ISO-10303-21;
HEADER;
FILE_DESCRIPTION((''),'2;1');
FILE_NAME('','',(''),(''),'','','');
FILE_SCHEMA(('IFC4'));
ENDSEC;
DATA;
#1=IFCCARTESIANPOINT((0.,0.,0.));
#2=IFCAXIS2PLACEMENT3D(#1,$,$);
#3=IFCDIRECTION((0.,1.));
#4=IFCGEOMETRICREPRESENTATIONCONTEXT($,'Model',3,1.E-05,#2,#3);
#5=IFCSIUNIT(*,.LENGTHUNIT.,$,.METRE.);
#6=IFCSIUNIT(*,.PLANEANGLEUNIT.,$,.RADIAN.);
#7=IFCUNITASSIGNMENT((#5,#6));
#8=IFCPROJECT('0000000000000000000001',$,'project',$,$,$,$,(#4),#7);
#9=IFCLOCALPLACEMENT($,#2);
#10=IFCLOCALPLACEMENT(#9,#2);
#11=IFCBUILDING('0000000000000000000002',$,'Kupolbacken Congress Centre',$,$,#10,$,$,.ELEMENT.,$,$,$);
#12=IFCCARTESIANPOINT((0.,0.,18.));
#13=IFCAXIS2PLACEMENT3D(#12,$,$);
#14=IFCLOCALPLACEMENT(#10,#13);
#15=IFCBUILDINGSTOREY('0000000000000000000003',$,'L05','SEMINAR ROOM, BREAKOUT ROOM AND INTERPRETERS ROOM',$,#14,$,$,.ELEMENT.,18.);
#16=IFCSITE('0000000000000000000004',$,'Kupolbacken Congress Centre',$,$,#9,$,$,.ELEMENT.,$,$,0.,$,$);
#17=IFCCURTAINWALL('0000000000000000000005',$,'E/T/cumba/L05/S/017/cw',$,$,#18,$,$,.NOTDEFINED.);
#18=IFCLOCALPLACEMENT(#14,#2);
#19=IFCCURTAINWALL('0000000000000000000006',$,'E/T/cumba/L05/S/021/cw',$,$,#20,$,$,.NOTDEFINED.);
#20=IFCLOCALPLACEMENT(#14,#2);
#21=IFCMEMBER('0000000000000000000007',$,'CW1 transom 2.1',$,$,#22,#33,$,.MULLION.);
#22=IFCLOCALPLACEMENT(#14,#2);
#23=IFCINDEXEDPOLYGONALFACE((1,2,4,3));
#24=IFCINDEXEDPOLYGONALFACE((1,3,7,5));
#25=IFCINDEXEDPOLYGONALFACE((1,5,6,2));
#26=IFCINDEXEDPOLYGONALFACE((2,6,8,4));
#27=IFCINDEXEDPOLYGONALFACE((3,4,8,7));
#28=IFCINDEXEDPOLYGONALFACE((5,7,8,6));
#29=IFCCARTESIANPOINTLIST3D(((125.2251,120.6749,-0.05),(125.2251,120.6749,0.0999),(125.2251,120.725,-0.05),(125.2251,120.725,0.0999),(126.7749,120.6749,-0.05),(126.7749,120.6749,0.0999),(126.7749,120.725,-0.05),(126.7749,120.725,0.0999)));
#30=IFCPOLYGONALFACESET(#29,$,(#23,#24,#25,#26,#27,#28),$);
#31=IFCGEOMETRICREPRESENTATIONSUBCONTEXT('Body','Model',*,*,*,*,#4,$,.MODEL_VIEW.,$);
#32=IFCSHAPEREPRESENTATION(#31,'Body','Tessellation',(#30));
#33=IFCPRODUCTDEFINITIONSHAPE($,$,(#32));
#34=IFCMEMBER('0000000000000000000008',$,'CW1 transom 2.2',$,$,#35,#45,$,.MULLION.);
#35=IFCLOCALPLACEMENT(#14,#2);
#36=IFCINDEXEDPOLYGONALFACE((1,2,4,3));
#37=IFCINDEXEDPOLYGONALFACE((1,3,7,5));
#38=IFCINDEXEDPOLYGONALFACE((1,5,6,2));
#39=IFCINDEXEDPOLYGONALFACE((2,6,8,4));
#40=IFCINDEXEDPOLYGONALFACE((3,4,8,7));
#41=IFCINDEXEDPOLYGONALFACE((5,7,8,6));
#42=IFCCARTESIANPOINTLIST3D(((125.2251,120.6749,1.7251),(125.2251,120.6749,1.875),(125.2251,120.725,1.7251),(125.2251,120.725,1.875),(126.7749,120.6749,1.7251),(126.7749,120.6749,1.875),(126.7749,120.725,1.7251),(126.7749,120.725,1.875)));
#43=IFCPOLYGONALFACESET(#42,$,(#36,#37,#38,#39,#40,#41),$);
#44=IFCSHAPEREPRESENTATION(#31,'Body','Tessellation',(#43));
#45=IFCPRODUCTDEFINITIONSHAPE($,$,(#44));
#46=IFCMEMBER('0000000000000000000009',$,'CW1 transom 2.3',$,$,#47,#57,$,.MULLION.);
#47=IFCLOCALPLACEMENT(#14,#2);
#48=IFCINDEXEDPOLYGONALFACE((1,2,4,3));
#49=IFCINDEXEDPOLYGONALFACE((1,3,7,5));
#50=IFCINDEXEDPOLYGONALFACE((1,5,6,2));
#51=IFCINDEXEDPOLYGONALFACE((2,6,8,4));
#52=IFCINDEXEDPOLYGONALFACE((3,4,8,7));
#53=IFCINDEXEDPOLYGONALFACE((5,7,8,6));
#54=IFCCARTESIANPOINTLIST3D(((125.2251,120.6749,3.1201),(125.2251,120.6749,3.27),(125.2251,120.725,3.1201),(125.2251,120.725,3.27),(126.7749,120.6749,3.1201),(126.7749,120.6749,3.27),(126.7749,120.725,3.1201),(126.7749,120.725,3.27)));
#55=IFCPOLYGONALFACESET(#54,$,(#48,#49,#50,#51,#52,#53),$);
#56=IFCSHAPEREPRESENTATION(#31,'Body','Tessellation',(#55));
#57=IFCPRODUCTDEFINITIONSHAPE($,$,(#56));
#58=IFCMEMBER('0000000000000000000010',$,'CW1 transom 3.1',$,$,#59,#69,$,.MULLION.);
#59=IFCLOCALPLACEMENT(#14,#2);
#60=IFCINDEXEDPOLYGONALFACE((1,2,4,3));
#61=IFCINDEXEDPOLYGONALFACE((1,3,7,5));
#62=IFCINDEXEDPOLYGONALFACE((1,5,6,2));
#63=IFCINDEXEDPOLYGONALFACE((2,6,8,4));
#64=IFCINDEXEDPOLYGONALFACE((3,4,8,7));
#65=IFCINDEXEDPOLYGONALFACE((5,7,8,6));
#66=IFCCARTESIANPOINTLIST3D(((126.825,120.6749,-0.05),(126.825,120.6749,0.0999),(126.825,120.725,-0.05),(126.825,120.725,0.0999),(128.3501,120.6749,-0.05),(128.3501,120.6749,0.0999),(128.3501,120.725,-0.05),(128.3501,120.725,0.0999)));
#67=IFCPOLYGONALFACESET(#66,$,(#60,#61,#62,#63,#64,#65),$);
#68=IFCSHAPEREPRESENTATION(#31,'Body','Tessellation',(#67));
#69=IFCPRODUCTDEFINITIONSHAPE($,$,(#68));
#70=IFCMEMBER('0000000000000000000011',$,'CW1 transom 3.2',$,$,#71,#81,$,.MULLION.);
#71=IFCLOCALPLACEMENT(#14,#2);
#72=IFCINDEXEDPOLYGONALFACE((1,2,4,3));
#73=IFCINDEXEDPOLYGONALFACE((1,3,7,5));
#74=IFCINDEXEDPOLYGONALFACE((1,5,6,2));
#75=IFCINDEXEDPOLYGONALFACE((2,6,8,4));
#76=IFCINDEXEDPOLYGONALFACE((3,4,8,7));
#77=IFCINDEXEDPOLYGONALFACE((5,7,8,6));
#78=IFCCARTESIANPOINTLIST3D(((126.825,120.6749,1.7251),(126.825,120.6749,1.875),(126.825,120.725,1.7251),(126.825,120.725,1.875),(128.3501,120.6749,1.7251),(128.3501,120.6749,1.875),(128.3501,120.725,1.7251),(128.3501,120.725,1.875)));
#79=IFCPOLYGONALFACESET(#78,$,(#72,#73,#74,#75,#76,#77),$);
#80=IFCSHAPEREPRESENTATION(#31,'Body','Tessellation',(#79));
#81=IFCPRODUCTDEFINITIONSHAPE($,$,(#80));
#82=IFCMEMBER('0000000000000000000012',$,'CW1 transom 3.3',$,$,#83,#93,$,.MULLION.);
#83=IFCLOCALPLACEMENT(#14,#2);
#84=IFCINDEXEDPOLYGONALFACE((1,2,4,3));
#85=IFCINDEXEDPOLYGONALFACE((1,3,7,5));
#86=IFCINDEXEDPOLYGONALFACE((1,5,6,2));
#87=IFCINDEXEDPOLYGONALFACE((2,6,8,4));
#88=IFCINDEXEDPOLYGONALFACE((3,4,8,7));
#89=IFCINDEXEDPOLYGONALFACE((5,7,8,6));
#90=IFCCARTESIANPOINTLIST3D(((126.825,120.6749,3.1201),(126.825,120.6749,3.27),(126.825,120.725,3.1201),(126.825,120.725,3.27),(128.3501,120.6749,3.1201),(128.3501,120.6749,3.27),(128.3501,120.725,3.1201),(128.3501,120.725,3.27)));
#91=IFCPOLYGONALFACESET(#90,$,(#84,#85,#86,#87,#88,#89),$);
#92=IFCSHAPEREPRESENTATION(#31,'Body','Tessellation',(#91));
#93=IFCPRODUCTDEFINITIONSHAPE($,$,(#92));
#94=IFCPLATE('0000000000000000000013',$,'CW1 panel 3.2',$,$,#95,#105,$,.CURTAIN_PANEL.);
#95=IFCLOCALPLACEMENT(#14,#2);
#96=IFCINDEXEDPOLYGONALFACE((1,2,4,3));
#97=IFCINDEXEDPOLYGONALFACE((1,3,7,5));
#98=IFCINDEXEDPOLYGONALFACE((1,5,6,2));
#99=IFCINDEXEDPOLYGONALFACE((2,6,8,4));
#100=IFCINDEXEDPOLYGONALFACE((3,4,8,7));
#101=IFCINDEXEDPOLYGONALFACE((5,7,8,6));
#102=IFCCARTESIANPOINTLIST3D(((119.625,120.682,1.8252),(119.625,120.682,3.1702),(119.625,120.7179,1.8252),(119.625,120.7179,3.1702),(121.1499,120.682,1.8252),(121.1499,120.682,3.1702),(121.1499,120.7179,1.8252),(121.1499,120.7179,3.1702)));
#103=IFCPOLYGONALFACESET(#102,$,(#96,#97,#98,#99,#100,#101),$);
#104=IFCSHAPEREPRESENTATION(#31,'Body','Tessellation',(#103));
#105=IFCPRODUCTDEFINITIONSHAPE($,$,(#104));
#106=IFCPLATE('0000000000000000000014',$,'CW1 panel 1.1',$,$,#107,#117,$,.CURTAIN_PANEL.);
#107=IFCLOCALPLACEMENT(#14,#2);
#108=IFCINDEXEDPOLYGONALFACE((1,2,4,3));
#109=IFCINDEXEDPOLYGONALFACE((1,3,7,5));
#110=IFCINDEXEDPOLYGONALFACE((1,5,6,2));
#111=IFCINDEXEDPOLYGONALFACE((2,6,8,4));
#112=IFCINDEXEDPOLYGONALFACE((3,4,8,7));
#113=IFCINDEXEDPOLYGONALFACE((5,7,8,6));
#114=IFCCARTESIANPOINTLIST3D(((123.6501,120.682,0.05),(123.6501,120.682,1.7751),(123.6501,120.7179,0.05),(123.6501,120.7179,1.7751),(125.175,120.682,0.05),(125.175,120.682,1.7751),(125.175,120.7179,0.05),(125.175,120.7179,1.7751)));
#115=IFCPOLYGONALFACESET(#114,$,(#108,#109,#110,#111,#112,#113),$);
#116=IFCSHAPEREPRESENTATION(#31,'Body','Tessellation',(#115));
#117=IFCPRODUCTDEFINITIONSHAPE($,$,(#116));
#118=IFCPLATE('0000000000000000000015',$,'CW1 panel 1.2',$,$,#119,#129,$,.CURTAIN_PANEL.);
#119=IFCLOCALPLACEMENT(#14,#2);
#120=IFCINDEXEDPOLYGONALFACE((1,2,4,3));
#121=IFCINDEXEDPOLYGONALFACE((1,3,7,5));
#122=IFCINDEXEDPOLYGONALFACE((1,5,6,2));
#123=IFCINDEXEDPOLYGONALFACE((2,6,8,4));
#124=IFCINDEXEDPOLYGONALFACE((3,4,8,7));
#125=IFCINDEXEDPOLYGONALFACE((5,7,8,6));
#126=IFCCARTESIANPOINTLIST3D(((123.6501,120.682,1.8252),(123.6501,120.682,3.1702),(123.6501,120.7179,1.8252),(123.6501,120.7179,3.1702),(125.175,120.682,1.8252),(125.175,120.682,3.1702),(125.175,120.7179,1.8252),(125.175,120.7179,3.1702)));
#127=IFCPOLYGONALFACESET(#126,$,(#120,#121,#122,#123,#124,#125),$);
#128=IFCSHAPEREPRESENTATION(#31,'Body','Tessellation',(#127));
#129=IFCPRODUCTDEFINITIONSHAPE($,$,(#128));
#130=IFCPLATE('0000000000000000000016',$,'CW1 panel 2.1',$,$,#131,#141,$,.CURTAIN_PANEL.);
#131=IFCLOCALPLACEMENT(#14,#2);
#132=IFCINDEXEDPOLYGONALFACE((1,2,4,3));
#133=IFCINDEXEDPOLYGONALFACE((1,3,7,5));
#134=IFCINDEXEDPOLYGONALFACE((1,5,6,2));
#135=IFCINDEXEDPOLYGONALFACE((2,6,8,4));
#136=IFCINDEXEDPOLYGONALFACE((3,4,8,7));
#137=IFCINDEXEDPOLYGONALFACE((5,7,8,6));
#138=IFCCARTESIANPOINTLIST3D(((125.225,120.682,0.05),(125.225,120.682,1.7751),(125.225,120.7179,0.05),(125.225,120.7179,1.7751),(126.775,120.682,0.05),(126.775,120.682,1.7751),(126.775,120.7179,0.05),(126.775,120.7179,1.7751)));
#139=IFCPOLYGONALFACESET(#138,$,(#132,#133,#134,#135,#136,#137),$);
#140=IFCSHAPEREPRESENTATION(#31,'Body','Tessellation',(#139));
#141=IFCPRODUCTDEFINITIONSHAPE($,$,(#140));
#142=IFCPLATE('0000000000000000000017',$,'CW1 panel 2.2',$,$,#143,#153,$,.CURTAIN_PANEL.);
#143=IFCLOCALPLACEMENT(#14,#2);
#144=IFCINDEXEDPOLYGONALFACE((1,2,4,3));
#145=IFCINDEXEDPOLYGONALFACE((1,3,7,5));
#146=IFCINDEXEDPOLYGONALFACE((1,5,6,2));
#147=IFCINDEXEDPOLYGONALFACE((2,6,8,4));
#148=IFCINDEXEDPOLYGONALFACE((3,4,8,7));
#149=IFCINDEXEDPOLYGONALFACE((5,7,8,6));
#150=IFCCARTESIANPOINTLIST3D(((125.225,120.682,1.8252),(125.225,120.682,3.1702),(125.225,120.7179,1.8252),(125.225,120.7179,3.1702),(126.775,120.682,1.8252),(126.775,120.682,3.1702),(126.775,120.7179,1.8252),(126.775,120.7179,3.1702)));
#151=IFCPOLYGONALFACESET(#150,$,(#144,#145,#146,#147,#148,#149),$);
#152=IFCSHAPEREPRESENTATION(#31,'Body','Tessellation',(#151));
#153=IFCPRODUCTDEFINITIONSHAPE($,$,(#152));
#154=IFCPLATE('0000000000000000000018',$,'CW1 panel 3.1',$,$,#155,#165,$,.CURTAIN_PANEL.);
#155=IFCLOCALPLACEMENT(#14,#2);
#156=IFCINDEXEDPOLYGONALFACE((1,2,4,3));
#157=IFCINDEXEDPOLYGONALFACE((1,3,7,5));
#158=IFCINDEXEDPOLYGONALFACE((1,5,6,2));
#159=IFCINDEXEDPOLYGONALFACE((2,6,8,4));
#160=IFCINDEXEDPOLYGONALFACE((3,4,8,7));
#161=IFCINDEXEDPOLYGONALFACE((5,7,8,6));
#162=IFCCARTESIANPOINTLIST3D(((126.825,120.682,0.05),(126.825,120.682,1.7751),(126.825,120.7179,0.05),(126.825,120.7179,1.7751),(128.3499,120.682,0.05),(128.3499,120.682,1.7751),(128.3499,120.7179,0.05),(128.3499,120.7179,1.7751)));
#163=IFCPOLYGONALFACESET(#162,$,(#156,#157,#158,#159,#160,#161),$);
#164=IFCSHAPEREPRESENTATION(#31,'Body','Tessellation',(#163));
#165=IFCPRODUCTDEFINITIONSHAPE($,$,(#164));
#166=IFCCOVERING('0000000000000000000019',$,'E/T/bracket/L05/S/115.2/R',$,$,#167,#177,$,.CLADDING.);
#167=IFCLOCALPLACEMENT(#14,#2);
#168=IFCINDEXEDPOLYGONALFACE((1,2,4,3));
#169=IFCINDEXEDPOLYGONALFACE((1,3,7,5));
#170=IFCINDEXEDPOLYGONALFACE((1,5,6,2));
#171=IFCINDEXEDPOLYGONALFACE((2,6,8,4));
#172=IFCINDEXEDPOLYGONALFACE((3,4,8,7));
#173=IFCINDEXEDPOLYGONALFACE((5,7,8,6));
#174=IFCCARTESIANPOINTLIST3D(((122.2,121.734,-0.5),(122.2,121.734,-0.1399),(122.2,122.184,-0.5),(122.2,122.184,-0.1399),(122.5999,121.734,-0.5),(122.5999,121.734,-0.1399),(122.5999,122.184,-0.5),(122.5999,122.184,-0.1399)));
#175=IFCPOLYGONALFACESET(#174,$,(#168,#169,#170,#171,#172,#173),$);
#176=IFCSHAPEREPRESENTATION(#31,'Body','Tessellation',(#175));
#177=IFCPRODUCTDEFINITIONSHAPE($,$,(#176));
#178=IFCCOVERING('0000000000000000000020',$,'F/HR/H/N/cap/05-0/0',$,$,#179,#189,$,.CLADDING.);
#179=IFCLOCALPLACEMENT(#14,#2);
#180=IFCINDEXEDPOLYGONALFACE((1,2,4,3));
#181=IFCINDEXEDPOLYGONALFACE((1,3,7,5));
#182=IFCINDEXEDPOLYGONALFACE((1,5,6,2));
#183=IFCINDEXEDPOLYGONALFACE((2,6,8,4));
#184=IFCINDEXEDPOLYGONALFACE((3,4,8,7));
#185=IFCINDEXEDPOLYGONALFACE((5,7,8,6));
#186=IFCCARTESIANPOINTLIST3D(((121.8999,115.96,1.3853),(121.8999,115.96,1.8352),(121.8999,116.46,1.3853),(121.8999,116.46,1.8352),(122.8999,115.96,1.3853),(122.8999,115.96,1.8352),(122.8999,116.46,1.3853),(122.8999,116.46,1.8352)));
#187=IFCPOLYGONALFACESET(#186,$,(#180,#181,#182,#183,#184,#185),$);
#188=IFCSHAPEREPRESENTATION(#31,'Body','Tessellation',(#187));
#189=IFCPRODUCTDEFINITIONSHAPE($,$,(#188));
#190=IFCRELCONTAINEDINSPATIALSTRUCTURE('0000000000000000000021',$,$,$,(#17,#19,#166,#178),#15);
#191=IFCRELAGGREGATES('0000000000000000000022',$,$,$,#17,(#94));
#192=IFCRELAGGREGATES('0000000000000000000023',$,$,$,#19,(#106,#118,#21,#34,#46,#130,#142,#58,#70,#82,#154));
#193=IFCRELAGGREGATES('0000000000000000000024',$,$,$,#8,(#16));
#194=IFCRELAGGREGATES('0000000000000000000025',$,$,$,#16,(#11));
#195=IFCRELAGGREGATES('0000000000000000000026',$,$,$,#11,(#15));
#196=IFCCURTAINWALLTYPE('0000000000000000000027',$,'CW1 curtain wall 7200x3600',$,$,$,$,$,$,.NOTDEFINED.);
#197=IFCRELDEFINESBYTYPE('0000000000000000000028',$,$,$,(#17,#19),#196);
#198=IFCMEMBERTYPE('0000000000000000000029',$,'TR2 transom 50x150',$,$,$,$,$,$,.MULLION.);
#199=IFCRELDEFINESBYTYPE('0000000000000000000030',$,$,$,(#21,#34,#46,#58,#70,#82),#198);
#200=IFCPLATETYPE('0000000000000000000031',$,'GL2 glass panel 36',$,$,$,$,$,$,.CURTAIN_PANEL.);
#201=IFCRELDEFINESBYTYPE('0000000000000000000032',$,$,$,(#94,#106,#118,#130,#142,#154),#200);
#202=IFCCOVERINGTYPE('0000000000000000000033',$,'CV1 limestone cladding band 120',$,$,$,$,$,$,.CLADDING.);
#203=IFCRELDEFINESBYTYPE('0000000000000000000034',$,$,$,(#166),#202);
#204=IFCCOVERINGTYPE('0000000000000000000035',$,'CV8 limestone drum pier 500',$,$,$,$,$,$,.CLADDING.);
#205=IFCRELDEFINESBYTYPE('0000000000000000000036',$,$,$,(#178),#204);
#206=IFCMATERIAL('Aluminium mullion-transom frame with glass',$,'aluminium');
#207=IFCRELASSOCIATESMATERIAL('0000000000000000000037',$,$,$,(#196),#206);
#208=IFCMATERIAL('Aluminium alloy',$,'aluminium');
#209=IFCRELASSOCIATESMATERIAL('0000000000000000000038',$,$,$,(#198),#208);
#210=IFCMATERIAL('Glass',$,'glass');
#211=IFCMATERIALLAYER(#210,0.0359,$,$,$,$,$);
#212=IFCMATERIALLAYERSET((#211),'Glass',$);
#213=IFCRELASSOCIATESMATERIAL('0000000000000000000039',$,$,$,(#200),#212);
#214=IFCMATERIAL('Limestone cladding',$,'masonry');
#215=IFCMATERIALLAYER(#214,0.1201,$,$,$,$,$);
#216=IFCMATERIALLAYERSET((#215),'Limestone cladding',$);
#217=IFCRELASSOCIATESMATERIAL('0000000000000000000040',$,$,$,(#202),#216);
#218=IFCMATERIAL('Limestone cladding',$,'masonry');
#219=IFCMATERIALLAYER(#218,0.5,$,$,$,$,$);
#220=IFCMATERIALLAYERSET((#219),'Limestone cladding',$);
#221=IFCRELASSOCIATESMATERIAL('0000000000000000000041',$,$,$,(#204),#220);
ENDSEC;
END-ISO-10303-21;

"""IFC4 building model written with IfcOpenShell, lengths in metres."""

from ifc_helpers import new_model, si_unit, direction, frame, origin, origin_2d, place, context, subcontext, project, spatial, rectangle, extrude, material, layer, layer_set, material_profile, profile_set, type_object, element, aggregate, save


model = new_model("IFC4")

# Units and contexts
model_context = context("Model", 3, precision=1e-05, world=origin(), true_north=direction((0.0, 1.0)))
body_context = subcontext(model_context, "Body", "Model", "MODEL_VIEW")
ifc_project = project(units=[si_unit("LENGTHUNIT", "METRE"), si_unit("PLANEANGLEUNIT", "RADIAN")], contexts=[model_context])

# Site, building, storey
site_placement = place(None, origin())
site = spatial("IfcSite", under=ifc_project, at=site_placement, Name="Kupolbacken Congress Centre", CompositionType="ELEMENT", RefElevation=0.0)
building_placement = place(site_placement, origin())
building = spatial("IfcBuilding", under=site, at=building_placement, Name="Kupolbacken Congress Centre", CompositionType="ELEMENT")
storey_placement = place(building_placement, frame((0.0, 0.0, 18.0)))
storey = spatial("IfcBuildingStorey", under=building, at=storey_placement, Name="L05", Description="SEMINAR ROOM, BREAKOUT ROOM AND INTERPRETERS ROOM", CompositionType="ELEMENT", Elevation=18.0)

# Curtain wall
ifc_material_1 = material(Name="Aluminium mullion-transom frame with glass", Category="aluminium")
curtain_wall_type = type_object("IfcCurtainWallType", Name="CW1 curtain wall 7200x3600", PredefinedType="NOTDEFINED", material=ifc_material_1)
curtain_wall_1_placement = place(storey_placement, origin())
curtain_wall_1 = element("IfcCurtainWall", 1, at=curtain_wall_1_placement, inside=storey, type_object=curtain_wall_type, Name="E/T/cumba/L05/S/017/cw", PredefinedType="NOTDEFINED")

# Curtain wall, members
curtain_wall_2_placement = place(storey_placement, origin())
curtain_wall_2 = element("IfcCurtainWall", 2, at=curtain_wall_2_placement, inside=storey, type_object=curtain_wall_type, Name="E/T/cumba/L05/S/021/cw", PredefinedType="NOTDEFINED")
ifc_material_2 = material(Name="Aluminium alloy", Category="aluminium")
ifc_material_profile_1 = material_profile(ifc_material_2, rectangle(XDim=0.05, YDim=0.1499, at=origin_2d()), Name="50 x 150")
ifc_profile_set_1 = profile_set([ifc_material_profile_1], Name="Aluminium alloy")
member_type_1 = type_object("IfcMemberType", Name="TR2 transom 50x150", PredefinedType="MULLION", material=ifc_profile_set_1)
member_1_placement = place(storey_placement, frame((125.2251, 120.7, 0.0249), z_axis=(1.0, 0.0, 0.0), x_axis=(0.0, 1.0, 0.0)))
member_1 = element("IfcMember", 3, at=member_1_placement, type_object=member_type_1, Name="CW1 transom 2.1", PredefinedType="MULLION", context=body_context, shape_type="SweptSolid", body=[
    extrude(rectangle(XDim=0.05, YDim=0.1499, at=origin_2d()), origin(), (0.0, 0.0, 1.0), 1.5498),
])
member_2_placement = place(storey_placement, frame((125.2251, 120.7, 1.8), z_axis=(1.0, 0.0, 0.0), x_axis=(0.0, 1.0, 0.0)))
member_2 = element("IfcMember", 4, at=member_2_placement, type_object=member_type_1, Name="CW1 transom 2.2", PredefinedType="MULLION", context=body_context, shape_type="SweptSolid", body=[
    extrude(rectangle(XDim=0.05, YDim=0.1499, at=origin_2d()), origin(), (0.0, 0.0, 1.0), 1.5498),
])
member_3_placement = place(storey_placement, frame((125.2251, 120.7, 3.1951), z_axis=(1.0, 0.0, 0.0), x_axis=(0.0, 1.0, 0.0)))
member_3 = element("IfcMember", 5, at=member_3_placement, type_object=member_type_1, Name="CW1 transom 2.3", PredefinedType="MULLION", context=body_context, shape_type="SweptSolid", body=[
    extrude(rectangle(XDim=0.05, YDim=0.1499, at=origin_2d()), origin(), (0.0, 0.0, 1.0), 1.5498),
])
member_4_placement = place(storey_placement, frame((126.825, 120.7, 0.0249), z_axis=(1.0, 0.0, 0.0), x_axis=(0.0, 1.0, 0.0)))
member_4 = element("IfcMember", 6, at=member_4_placement, type_object=member_type_1, Name="CW1 transom 3.1", PredefinedType="MULLION", context=body_context, shape_type="SweptSolid", body=[
    extrude(rectangle(XDim=0.05, YDim=0.1499, at=origin_2d()), origin(), (0.0, 0.0, 1.0), 1.5251),
])
member_5_placement = place(storey_placement, frame((126.825, 120.7, 1.8), z_axis=(1.0, 0.0, 0.0), x_axis=(0.0, 1.0, 0.0)))
member_5 = element("IfcMember", 7, at=member_5_placement, type_object=member_type_1, Name="CW1 transom 3.2", PredefinedType="MULLION", context=body_context, shape_type="SweptSolid", body=[
    extrude(rectangle(XDim=0.05, YDim=0.1499, at=origin_2d()), origin(), (0.0, 0.0, 1.0), 1.5251),
])
member_6_placement = place(storey_placement, frame((126.825, 120.7, 3.1951), z_axis=(1.0, 0.0, 0.0), x_axis=(0.0, 1.0, 0.0)))
member_6 = element("IfcMember", 8, at=member_6_placement, type_object=member_type_1, Name="CW1 transom 3.3", PredefinedType="MULLION", context=body_context, shape_type="SweptSolid", body=[
    extrude(rectangle(XDim=0.05, YDim=0.1499, at=origin_2d()), origin(), (0.0, 0.0, 1.0), 1.5251),
])

# Plates
ifc_material_3 = material(Name="Glass", Category="glass")
ifc_layer_1 = layer(ifc_material_3, 0.0359)
ifc_layer_set_1 = layer_set([ifc_layer_1], Name="Glass")
plate_type = type_object("IfcPlateType", Name="GL2 glass panel 36", PredefinedType="CURTAIN_PANEL", material=ifc_layer_set_1)
plate_1_placement = place(storey_placement, frame((120.3875, 120.7, 1.8252), z_axis=(0.0, 0.0, 1.0), x_axis=(1.0, 0.0, 0.0)))
plate_1 = element("IfcPlate", 9, at=plate_1_placement, type_object=plate_type, Name="CW1 panel 3.2", PredefinedType="CURTAIN_PANEL", context=body_context, shape_type="SweptSolid", body=[
    extrude(rectangle(XDim=1.5249, YDim=0.0359, at=origin_2d()), origin(), (0.0, 0.0, 1.0), 1.345),
])
aggregate(curtain_wall_1, [plate_1])
plate_2_placement = place(storey_placement, frame((124.4126, 120.7, 0.05), z_axis=(0.0, 0.0, 1.0), x_axis=(1.0, 0.0, 0.0)))
plate_2 = element("IfcPlate", 10, at=plate_2_placement, type_object=plate_type, Name="CW1 panel 1.1", PredefinedType="CURTAIN_PANEL", context=body_context, shape_type="SweptSolid", body=[
    extrude(rectangle(XDim=1.5249, YDim=0.0359, at=origin_2d()), origin(), (0.0, 0.0, 1.0), 1.7251),
])
plate_3_placement = place(storey_placement, frame((124.4126, 120.7, 1.8252), z_axis=(0.0, 0.0, 1.0), x_axis=(1.0, 0.0, 0.0)))
plate_3 = element("IfcPlate", 11, at=plate_3_placement, type_object=plate_type, Name="CW1 panel 1.2", PredefinedType="CURTAIN_PANEL", context=body_context, shape_type="SweptSolid", body=[
    extrude(rectangle(XDim=1.5249, YDim=0.0359, at=origin_2d()), origin(), (0.0, 0.0, 1.0), 1.345),
])
plate_4_placement = place(storey_placement, frame((126.0, 120.7, 0.05), z_axis=(0.0, 0.0, 1.0), x_axis=(1.0, 0.0, 0.0)))
plate_4 = element("IfcPlate", 12, at=plate_4_placement, type_object=plate_type, Name="CW1 panel 2.1", PredefinedType="CURTAIN_PANEL", context=body_context, shape_type="SweptSolid", body=[
    extrude(rectangle(XDim=1.55, YDim=0.0359, at=origin_2d()), origin(), (0.0, 0.0, 1.0), 1.7251),
])
plate_5_placement = place(storey_placement, frame((126.0, 120.7, 1.8252), z_axis=(0.0, 0.0, 1.0), x_axis=(1.0, 0.0, 0.0)))
plate_5 = element("IfcPlate", 13, at=plate_5_placement, type_object=plate_type, Name="CW1 panel 2.2", PredefinedType="CURTAIN_PANEL", context=body_context, shape_type="SweptSolid", body=[
    extrude(rectangle(XDim=1.55, YDim=0.0359, at=origin_2d()), origin(), (0.0, 0.0, 1.0), 1.345),
])
plate_6_placement = place(storey_placement, frame((127.5874, 120.7, 0.05), z_axis=(0.0, 0.0, 1.0), x_axis=(1.0, 0.0, 0.0)))
plate_6 = element("IfcPlate", 14, at=plate_6_placement, type_object=plate_type, Name="CW1 panel 3.1", PredefinedType="CURTAIN_PANEL", context=body_context, shape_type="SweptSolid", body=[
    extrude(rectangle(XDim=1.5249, YDim=0.0359, at=origin_2d()), origin(), (0.0, 0.0, 1.0), 1.7251),
])
aggregate(curtain_wall_2, [plate_2, plate_3, member_1, member_2, member_3, plate_4, plate_5, member_4, member_5, member_6, plate_6])

# Coverings
ifc_material_4 = material(Name="Limestone cladding", Category="masonry")
ifc_layer_2 = layer(ifc_material_4, 0.1201)
ifc_layer_set_2 = layer_set([ifc_layer_2], Name="Limestone cladding")
covering_type_1 = type_object("IfcCoveringType", Name="CV1 limestone cladding band 120", PredefinedType="CLADDING", material=ifc_layer_set_2)
covering_1_placement = place(storey_placement, frame((122.3999, 121.959, -0.5), z_axis=(0.0, 0.0, 1.0), x_axis=(1.0, 0.0, 0.0)))
element("IfcCovering", 15, at=covering_1_placement, inside=storey, type_object=covering_type_1, Name="E/T/bracket/L05/S/115.2/R", PredefinedType="CLADDING", context=body_context, shape_type="SweptSolid", body=[
    extrude(rectangle(XDim=0.3999, YDim=0.45, at=origin_2d()), origin(), (0.0, 0.0, 1.0), 0.3601),
])
ifc_material_5 = material(Name="Limestone cladding", Category="masonry")
ifc_layer_3 = layer(ifc_material_5, 0.5)
ifc_layer_set_3 = layer_set([ifc_layer_3], Name="Limestone cladding")
covering_type_2 = type_object("IfcCoveringType", Name="CV8 limestone drum pier 500", PredefinedType="CLADDING", material=ifc_layer_set_3)
covering_2_placement = place(storey_placement, frame((122.3999, 116.21, 1.3853), z_axis=(0.0, 0.0, 1.0), x_axis=(1.0, 0.0, 0.0)))
element("IfcCovering", 16, at=covering_2_placement, inside=storey, type_object=covering_type_2, Name="F/HR/H/N/cap/05-0/0", PredefinedType="CLADDING", context=body_context, shape_type="SweptSolid", body=[
    extrude(rectangle(XDim=1.0, YDim=0.5, at=origin_2d()), origin(), (0.0, 0.0, 1.0), 0.45),
])

save(model, "model.ifc")
